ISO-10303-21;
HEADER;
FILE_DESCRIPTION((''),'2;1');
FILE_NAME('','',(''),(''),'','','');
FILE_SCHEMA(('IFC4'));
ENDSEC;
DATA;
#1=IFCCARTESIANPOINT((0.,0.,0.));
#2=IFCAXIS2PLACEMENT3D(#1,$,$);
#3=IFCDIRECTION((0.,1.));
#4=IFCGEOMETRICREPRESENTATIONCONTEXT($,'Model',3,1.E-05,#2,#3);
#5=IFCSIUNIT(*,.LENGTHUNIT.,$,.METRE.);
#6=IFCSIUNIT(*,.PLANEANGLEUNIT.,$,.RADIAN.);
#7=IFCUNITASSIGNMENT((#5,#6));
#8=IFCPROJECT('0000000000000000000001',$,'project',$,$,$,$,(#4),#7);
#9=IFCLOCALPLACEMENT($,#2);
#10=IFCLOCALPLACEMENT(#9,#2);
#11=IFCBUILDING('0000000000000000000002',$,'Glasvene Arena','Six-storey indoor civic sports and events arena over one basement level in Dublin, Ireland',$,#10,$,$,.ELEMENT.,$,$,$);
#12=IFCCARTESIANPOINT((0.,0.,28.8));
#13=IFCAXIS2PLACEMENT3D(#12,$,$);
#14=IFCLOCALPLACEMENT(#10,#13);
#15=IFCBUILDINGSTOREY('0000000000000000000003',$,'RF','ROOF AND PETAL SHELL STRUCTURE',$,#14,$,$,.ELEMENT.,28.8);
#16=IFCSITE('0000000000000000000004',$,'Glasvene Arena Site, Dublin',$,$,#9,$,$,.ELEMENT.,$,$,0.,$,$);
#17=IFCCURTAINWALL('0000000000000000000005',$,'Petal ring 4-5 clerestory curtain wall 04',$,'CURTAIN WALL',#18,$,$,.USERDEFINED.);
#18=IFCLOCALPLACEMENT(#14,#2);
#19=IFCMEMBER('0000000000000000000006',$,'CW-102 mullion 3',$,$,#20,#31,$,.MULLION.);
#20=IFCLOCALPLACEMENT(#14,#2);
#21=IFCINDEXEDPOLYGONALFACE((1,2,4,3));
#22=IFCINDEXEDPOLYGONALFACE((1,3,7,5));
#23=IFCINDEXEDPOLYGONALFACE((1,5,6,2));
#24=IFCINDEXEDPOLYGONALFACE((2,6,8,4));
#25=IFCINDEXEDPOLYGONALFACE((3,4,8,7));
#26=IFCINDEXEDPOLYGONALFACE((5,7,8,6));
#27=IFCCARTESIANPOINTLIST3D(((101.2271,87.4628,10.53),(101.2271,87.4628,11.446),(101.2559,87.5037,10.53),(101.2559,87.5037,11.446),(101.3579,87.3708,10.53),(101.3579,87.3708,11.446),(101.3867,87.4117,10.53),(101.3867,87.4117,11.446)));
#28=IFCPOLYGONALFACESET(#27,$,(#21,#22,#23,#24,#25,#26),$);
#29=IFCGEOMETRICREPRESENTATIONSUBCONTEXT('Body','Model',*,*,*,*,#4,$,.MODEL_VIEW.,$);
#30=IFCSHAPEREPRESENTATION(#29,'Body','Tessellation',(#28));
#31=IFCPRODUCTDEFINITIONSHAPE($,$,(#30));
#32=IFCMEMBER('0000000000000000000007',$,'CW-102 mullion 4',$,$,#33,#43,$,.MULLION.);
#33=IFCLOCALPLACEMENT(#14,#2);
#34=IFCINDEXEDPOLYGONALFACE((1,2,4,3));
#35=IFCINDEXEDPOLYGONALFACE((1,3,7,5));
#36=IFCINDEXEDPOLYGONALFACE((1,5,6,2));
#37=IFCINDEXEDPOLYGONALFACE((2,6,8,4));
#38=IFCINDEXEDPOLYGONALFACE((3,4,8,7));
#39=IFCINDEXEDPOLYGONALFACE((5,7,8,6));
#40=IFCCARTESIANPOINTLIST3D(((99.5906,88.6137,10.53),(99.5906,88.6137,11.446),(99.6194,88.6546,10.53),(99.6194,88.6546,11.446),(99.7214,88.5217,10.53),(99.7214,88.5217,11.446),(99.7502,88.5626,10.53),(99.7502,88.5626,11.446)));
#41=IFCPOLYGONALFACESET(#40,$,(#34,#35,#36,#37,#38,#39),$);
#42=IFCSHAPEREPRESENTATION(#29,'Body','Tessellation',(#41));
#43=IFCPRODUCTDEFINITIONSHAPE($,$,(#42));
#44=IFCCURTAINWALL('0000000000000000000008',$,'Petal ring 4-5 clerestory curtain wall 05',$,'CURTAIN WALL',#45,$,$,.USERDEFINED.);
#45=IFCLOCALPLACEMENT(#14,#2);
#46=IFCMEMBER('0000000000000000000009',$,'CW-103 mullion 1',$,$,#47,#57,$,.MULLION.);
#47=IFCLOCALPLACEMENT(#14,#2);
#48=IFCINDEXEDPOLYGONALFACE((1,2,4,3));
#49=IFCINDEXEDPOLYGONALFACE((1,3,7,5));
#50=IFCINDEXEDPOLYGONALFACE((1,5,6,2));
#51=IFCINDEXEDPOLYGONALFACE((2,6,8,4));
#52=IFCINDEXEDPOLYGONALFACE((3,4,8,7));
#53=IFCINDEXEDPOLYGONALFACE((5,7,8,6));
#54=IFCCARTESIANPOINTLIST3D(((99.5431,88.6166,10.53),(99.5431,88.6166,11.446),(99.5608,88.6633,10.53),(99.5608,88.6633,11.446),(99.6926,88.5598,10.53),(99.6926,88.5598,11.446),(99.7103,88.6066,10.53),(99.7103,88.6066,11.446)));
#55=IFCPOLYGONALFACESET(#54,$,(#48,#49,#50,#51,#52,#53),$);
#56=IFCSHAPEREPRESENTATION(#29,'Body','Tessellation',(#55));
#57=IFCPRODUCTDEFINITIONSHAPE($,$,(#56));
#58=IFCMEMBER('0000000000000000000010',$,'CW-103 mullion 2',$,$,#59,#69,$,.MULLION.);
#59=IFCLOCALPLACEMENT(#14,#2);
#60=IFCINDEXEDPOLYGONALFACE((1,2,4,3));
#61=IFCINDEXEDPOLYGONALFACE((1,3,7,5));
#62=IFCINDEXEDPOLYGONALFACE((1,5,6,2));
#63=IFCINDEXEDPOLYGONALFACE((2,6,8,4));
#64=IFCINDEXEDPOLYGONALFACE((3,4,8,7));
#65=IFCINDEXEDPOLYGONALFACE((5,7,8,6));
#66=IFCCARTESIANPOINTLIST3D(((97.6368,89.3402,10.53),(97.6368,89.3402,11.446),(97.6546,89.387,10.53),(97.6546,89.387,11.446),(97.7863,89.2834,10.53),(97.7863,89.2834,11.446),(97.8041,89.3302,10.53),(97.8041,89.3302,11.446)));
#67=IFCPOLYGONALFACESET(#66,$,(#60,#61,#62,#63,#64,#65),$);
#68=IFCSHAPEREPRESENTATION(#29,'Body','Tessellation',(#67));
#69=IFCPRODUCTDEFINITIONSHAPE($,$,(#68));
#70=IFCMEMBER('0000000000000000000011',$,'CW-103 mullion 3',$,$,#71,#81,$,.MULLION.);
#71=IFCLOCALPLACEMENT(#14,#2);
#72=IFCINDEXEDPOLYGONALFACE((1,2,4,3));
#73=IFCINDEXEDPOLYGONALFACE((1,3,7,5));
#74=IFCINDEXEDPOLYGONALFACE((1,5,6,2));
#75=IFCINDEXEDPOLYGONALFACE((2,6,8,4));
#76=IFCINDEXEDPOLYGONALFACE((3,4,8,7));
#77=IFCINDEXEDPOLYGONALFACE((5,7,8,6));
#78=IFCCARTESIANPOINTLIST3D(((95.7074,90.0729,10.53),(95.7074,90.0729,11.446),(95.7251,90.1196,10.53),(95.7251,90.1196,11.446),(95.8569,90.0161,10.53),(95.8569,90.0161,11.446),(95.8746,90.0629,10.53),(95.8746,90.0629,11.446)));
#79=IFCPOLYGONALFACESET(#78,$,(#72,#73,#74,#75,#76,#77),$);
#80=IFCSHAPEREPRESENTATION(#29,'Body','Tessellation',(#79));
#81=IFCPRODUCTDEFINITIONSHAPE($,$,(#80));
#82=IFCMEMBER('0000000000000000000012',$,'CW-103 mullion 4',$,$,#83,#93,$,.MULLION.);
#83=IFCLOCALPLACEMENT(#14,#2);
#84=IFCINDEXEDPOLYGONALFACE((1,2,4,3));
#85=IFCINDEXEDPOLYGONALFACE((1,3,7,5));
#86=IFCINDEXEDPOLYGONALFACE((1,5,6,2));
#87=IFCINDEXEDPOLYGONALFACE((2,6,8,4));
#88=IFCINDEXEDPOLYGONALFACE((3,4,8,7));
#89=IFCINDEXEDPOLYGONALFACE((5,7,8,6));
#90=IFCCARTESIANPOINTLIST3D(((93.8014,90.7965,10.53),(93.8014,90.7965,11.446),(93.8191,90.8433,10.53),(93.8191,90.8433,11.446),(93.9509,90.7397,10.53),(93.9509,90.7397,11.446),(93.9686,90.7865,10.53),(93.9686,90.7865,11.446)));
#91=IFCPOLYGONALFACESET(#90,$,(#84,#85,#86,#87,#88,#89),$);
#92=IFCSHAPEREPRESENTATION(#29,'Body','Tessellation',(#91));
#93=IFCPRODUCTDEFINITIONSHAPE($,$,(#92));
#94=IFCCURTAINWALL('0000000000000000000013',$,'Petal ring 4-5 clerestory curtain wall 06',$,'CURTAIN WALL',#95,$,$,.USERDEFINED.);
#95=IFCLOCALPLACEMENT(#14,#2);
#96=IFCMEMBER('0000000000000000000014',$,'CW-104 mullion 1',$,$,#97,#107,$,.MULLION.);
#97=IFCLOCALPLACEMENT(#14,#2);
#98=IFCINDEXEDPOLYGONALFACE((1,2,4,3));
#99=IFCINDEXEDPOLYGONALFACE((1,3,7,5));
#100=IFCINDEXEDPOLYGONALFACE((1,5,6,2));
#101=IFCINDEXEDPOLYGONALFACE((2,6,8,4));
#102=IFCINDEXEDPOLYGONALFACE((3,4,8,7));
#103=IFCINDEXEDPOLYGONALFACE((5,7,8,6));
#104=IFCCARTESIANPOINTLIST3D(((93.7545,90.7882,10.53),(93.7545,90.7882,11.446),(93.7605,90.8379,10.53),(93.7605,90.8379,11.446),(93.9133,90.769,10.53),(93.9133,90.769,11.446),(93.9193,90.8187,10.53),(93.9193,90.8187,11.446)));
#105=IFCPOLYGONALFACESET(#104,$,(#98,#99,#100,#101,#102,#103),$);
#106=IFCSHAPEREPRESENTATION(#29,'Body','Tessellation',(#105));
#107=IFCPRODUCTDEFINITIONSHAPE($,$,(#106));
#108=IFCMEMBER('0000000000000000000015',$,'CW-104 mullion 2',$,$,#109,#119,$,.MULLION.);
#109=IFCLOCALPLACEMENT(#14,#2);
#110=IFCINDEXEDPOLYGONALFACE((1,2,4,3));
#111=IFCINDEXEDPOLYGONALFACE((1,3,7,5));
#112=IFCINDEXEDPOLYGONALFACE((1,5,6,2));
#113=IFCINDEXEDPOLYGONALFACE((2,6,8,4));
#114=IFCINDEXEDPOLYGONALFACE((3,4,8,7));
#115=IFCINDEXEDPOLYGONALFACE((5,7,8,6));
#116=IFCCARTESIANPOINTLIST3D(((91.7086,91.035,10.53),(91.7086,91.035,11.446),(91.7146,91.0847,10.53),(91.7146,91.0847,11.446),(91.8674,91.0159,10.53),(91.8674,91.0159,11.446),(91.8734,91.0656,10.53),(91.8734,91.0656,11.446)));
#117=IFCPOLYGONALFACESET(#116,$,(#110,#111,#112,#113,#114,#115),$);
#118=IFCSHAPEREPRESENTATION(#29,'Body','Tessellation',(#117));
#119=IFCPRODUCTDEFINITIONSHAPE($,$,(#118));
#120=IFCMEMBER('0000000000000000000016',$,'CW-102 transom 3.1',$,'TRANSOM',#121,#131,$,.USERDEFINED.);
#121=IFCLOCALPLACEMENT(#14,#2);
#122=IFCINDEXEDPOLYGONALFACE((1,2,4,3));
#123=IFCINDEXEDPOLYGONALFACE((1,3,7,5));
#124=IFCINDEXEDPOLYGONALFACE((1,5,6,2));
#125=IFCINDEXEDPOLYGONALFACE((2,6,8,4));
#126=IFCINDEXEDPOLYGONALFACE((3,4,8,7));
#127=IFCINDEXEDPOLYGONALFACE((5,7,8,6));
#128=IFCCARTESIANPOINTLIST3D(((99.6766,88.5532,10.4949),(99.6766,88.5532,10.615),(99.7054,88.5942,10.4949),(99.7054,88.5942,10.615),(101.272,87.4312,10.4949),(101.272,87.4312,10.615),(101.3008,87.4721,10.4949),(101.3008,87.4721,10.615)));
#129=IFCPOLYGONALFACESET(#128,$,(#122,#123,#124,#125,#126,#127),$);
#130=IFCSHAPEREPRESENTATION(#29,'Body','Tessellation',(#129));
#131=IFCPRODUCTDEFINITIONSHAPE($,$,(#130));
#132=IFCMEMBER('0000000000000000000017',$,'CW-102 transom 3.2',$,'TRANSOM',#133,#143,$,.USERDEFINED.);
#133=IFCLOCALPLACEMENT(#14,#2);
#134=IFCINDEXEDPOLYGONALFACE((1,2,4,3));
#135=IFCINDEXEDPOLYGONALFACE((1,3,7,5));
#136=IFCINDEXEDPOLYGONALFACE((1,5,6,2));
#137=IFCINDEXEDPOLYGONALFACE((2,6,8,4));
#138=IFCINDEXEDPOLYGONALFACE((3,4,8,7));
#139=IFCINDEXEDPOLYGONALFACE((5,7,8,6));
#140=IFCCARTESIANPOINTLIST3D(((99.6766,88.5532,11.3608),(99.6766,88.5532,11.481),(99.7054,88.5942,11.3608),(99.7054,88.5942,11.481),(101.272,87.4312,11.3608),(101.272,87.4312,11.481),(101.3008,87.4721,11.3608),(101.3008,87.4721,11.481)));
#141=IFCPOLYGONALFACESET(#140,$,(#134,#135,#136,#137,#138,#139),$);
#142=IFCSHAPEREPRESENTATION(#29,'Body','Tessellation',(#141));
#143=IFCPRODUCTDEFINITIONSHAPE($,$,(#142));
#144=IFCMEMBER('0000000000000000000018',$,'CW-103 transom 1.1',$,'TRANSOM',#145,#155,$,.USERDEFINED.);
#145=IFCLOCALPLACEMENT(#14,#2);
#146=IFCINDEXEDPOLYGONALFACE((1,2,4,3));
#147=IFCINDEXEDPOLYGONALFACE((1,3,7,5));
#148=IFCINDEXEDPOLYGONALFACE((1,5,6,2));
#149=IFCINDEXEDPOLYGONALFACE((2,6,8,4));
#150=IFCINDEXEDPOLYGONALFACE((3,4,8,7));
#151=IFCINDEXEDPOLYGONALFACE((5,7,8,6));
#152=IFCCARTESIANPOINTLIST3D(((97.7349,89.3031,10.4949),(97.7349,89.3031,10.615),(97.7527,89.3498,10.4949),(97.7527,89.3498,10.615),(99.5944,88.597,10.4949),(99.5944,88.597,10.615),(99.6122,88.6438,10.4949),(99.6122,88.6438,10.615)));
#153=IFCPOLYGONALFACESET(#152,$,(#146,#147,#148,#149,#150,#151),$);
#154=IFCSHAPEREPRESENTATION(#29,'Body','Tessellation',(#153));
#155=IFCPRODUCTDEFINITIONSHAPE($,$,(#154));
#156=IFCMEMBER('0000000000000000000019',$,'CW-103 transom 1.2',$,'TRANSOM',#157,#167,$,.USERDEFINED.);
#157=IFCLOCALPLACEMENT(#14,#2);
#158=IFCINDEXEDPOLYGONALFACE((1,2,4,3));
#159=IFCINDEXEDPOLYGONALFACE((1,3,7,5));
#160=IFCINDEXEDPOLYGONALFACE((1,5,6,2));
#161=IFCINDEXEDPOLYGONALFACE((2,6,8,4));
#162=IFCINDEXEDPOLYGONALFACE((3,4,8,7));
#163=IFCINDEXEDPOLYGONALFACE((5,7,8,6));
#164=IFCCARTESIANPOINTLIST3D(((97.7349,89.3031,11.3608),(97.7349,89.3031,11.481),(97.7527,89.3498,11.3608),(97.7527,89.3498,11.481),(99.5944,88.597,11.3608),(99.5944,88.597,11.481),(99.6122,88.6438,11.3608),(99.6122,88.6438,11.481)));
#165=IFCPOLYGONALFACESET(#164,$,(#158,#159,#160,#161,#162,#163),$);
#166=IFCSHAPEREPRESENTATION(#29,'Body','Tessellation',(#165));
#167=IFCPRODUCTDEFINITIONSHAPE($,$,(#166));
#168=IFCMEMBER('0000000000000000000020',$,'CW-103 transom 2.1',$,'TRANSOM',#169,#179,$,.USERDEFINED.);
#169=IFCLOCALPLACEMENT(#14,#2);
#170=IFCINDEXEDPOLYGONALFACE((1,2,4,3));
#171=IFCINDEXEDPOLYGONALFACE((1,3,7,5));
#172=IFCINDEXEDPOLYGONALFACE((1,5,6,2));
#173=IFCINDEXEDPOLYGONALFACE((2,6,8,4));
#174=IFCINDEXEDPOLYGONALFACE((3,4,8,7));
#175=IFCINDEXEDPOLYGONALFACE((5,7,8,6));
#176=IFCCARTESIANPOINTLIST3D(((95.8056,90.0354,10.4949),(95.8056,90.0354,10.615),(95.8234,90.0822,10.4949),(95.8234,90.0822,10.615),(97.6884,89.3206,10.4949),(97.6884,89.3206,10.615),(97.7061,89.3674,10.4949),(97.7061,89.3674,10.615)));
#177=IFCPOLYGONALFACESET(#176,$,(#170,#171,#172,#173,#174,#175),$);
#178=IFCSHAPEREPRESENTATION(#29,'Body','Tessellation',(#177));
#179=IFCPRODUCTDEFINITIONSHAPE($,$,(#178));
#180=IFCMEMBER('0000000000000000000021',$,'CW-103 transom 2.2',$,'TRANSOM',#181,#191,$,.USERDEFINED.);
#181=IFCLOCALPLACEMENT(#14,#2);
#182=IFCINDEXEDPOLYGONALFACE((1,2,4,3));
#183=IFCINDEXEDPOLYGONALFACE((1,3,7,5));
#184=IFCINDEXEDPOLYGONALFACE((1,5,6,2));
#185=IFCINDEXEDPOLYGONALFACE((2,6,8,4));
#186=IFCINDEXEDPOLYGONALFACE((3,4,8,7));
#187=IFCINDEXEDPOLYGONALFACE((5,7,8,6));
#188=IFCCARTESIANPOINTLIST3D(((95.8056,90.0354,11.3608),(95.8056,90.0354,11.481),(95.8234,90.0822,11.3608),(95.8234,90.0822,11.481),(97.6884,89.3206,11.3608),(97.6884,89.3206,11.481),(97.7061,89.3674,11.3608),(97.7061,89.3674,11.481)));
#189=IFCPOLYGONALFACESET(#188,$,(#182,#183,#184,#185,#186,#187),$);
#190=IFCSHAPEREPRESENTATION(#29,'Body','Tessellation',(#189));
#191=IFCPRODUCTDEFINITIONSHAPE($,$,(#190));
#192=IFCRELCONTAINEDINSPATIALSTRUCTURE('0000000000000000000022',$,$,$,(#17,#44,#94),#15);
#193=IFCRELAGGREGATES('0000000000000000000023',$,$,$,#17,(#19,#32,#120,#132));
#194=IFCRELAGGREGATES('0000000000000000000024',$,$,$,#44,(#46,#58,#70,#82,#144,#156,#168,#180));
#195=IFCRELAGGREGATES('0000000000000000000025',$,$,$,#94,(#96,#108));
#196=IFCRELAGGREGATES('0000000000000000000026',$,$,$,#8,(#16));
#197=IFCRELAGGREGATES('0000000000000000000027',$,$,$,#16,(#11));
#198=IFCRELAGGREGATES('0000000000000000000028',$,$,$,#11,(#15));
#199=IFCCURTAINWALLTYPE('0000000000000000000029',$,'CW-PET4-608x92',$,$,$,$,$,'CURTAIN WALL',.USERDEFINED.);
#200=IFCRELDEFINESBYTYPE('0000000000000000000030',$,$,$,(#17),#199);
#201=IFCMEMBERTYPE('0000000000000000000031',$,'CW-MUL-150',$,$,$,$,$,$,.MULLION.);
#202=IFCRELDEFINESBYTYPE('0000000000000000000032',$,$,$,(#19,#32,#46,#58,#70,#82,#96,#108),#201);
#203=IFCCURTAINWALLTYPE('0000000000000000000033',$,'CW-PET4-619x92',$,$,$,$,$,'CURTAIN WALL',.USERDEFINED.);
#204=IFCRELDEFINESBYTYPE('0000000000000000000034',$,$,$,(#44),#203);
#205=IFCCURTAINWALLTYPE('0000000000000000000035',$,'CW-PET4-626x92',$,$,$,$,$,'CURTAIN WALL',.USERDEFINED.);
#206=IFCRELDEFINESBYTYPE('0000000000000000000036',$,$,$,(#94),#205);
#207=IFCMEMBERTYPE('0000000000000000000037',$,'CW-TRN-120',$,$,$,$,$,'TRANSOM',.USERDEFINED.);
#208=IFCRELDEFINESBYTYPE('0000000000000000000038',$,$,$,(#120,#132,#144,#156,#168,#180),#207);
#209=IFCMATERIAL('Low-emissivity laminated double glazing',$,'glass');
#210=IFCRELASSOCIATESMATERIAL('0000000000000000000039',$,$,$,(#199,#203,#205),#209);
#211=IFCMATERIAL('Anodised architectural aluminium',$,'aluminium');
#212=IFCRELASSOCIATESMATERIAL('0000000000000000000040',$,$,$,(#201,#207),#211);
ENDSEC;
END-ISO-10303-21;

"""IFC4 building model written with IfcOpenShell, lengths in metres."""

from ifc_helpers import new_model, si_unit, direction, frame, origin, origin_2d, place, context, subcontext, project, spatial, rectangle, extrude, material, material_profile, profile_set, type_object, element, aggregate, save


model = new_model("IFC4")

# Units and contexts
model_context = context("Model", 3, precision=1e-05, world=origin(), true_north=direction((0.0, 1.0)))
body_context = subcontext(model_context, "Body", "Model", "MODEL_VIEW")
ifc_project = project(units=[si_unit("LENGTHUNIT", "METRE"), si_unit("PLANEANGLEUNIT", "RADIAN")], contexts=[model_context])

# Site, building, storey
site_placement = place(None, origin())
site = spatial("IfcSite", under=ifc_project, at=site_placement, Name="Glasvene Arena Site, Dublin", CompositionType="ELEMENT", RefElevation=0.0)
building_placement = place(site_placement, origin())
building = spatial("IfcBuilding", under=site, at=building_placement, Name="Glasvene Arena", Description="Six-storey indoor civic sports and events arena over one basement level in Dublin, Ireland", CompositionType="ELEMENT")
storey_placement = place(building_placement, frame((0.0, 0.0, 28.8)))
storey = spatial("IfcBuildingStorey", under=building, at=storey_placement, Name="RF", Description="ROOF AND PETAL SHELL STRUCTURE", CompositionType="ELEMENT", Elevation=28.8)

# Curtain walls, members
ifc_material_1 = material(Name="Low-emissivity laminated double glazing", Category="glass")
curtain_wall_type_1 = type_object("IfcCurtainWallType", Name="CW-PET4-608x92", ElementType="CURTAIN WALL", PredefinedType="USERDEFINED", material=ifc_material_1)
curtain_wall_1_placement = place(storey_placement, frame((104.6206, 85.1062, 0.0)))
curtain_wall_1 = element("IfcCurtainWall", 1, at=curtain_wall_1_placement, inside=storey, type_object=curtain_wall_type_1, Name="Petal ring 4-5 clerestory curtain wall 04", ObjectType="CURTAIN WALL", PredefinedType="USERDEFINED")
ifc_material_2 = material(Name="Anodised architectural aluminium", Category="aluminium")
ifc_material_profile_1 = material_profile(ifc_material_2, rectangle(XDim=0.05, YDim=0.1599, at=origin_2d()), Name="ALU MULLION 50x160")
ifc_profile_set_1 = profile_set([ifc_material_profile_1], Name="Anodised architectural aluminium")
member_type_1 = type_object("IfcMemberType", Name="CW-MUL-150", PredefinedType="MULLION", material=ifc_profile_set_1)
member_1_placement = place(storey_placement, frame((101.3069, 87.4373, 10.53), z_axis=(0.0, 0.0, 1.0), x_axis=(-0.575325, -0.817925, 0.0)))
member_1 = element("IfcMember", 2, at=member_1_placement, type_object=member_type_1, Name="CW-102 mullion 3", PredefinedType="MULLION", context=body_context, shape_type="SweptSolid", body=[
    extrude(rectangle(XDim=0.05, YDim=0.1599, at=origin_2d()), origin(), (0.0, 0.0, 1.0), 0.916),
])
member_2_placement = place(storey_placement, frame((99.6704, 88.5881, 10.53), z_axis=(0.0, 0.0, 1.0), x_axis=(-0.575325, -0.817925, 0.0)))
member_2 = element("IfcMember", 3, at=member_2_placement, type_object=member_type_1, Name="CW-102 mullion 4", PredefinedType="MULLION", context=body_context, shape_type="SweptSolid", body=[
    extrude(rectangle(XDim=0.05, YDim=0.1599, at=origin_2d()), origin(), (0.0, 0.0, 1.0), 0.916),
])
curtain_wall_type_2 = type_object("IfcCurtainWallType", Name="CW-PET4-619x92", ElementType="CURTAIN WALL", PredefinedType="USERDEFINED", material=ifc_material_1)
curtain_wall_2_placement = place(storey_placement, frame((99.6499, 88.6025, 0.0)))
curtain_wall_2 = element("IfcCurtainWall", 4, at=curtain_wall_2_placement, inside=storey, type_object=curtain_wall_type_2, Name="Petal ring 4-5 clerestory curtain wall 05", ObjectType="CURTAIN WALL", PredefinedType="USERDEFINED")
member_3_placement = place(storey_placement, frame((99.6267, 88.6116, 10.53), z_axis=(0.0, 0.0, 1.0), x_axis=(-0.35497, -0.934878, 0.0)))
member_3 = element("IfcMember", 5, at=member_3_placement, type_object=member_type_1, Name="CW-103 mullion 1", PredefinedType="MULLION", context=body_context, shape_type="SweptSolid", body=[
    extrude(rectangle(XDim=0.05, YDim=0.1599, at=origin_2d()), origin(), (0.0, 0.0, 1.0), 0.916),
])
member_4_placement = place(storey_placement, frame((97.7205, 89.3352, 10.53), z_axis=(0.0, 0.0, 1.0), x_axis=(-0.35497, -0.934878, 0.0)))
member_4 = element("IfcMember", 6, at=member_4_placement, type_object=member_type_1, Name="CW-103 mullion 2", PredefinedType="MULLION", context=body_context, shape_type="SweptSolid", body=[
    extrude(rectangle(XDim=0.05, YDim=0.1599, at=origin_2d()), origin(), (0.0, 0.0, 1.0), 0.916),
])
member_5_placement = place(storey_placement, frame((95.791, 90.0679, 10.53), z_axis=(0.0, 0.0, 1.0), x_axis=(-0.35497, -0.934878, 0.0)))
member_5 = element("IfcMember", 7, at=member_5_placement, type_object=member_type_1, Name="CW-103 mullion 3", PredefinedType="MULLION", context=body_context, shape_type="SweptSolid", body=[
    extrude(rectangle(XDim=0.05, YDim=0.1599, at=origin_2d()), origin(), (0.0, 0.0, 1.0), 0.916),
])
member_6_placement = place(storey_placement, frame((93.885, 90.7915, 10.53), z_axis=(0.0, 0.0, 1.0), x_axis=(-0.35497, -0.934878, 0.0)))
member_6 = element("IfcMember", 8, at=member_6_placement, type_object=member_type_1, Name="CW-103 mullion 4", PredefinedType="MULLION", context=body_context, shape_type="SweptSolid", body=[
    extrude(rectangle(XDim=0.05, YDim=0.1599, at=origin_2d()), origin(), (0.0, 0.0, 1.0), 0.916),
])
curtain_wall_type_3 = type_object("IfcCurtainWallType", Name="CW-PET4-626x92", ElementType="CURTAIN WALL", PredefinedType="USERDEFINED", material=ifc_material_1)
curtain_wall_3_placement = place(storey_placement, frame((93.8618, 90.8003, 0.0)))
curtain_wall_3 = element("IfcCurtainWall", 9, at=curtain_wall_3_placement, inside=storey, type_object=curtain_wall_type_3, Name="Petal ring 4-5 clerestory curtain wall 06", ObjectType="CURTAIN WALL", PredefinedType="USERDEFINED")
member_7_placement = place(storey_placement, frame((93.8369, 90.8035, 10.53), z_axis=(0.0, 0.0, 1.0), x_axis=(-0.119806, -0.992797, 0.0)))
member_7 = element("IfcMember", 10, at=member_7_placement, type_object=member_type_1, Name="CW-104 mullion 1", PredefinedType="MULLION", context=body_context, shape_type="SweptSolid", body=[
    extrude(rectangle(XDim=0.05, YDim=0.1599, at=origin_2d()), origin(), (0.0, 0.0, 1.0), 0.916),
])
member_8_placement = place(storey_placement, frame((91.791, 91.0503, 10.53), z_axis=(0.0, 0.0, 1.0), x_axis=(-0.119806, -0.992797, 0.0)))
member_8 = element("IfcMember", 11, at=member_8_placement, type_object=member_type_1, Name="CW-104 mullion 2", PredefinedType="MULLION", context=body_context, shape_type="SweptSolid", body=[
    extrude(rectangle(XDim=0.05, YDim=0.1599, at=origin_2d()), origin(), (0.0, 0.0, 1.0), 0.916),
])

# Members
ifc_material_profile_2 = material_profile(ifc_material_2, rectangle(XDim=0.05, YDim=0.1201, at=origin_2d()), Name="ALU TRANSOM 50x120")
ifc_profile_set_2 = profile_set([ifc_material_profile_2], Name="Anodised architectural aluminium")
member_type_2 = type_object("IfcMemberType", Name="CW-TRN-120", ElementType="TRANSOM", PredefinedType="USERDEFINED", material=ifc_profile_set_2)
member_9_placement = place(storey_placement, frame((101.2864, 87.4517, 10.5549), z_axis=(-0.817966, 0.575267, 0.0), x_axis=(-0.575267, -0.817966, 0.0)))
member_9 = element("IfcMember", 12, at=member_9_placement, type_object=member_type_2, Name="CW-102 transom 3.1", ObjectType="TRANSOM", PredefinedType="USERDEFINED", context=body_context, shape_type="SweptSolid", body=[
    extrude(rectangle(XDim=0.05, YDim=0.1201, at=origin_2d()), origin(), (0.0, 0.0, 1.0), 1.9504),
])
member_10_placement = place(storey_placement, frame((101.2864, 87.4517, 11.4209), z_axis=(-0.817966, 0.575267, 0.0), x_axis=(-0.575267, -0.817966, 0.0)))
member_10 = element("IfcMember", 13, at=member_10_placement, type_object=member_type_2, Name="CW-102 transom 3.2", ObjectType="TRANSOM", PredefinedType="USERDEFINED", context=body_context, shape_type="SweptSolid", body=[
    extrude(rectangle(XDim=0.05, YDim=0.1201, at=origin_2d()), origin(), (0.0, 0.0, 1.0), 1.9504),
])
member_11_placement = place(storey_placement, frame((99.6033, 88.6204, 10.5549), z_axis=(-0.934868, 0.354995, 0.0), x_axis=(-0.354995, -0.934868, 0.0)))
member_11 = element("IfcMember", 14, at=member_11_placement, type_object=member_type_2, Name="CW-103 transom 1.1", ObjectType="TRANSOM", PredefinedType="USERDEFINED", context=body_context, shape_type="SweptSolid", body=[
    extrude(rectangle(XDim=0.05, YDim=0.1201, at=origin_2d()), origin(), (0.0, 0.0, 1.0), 1.989),
])
member_12_placement = place(storey_placement, frame((99.6033, 88.6204, 11.4209), z_axis=(-0.934868, 0.354995, 0.0), x_axis=(-0.354995, -0.934868, 0.0)))
member_12 = element("IfcMember", 15, at=member_12_placement, type_object=member_type_2, Name="CW-103 transom 1.2", ObjectType="TRANSOM", PredefinedType="USERDEFINED", context=body_context, shape_type="SweptSolid", body=[
    extrude(rectangle(XDim=0.05, YDim=0.1201, at=origin_2d()), origin(), (0.0, 0.0, 1.0), 1.989),
])
member_13_placement = place(storey_placement, frame((97.6973, 89.344, 10.5549), z_axis=(-0.934887, 0.354947, 0.0), x_axis=(-0.354947, -0.934887, 0.0)))
member_13 = element("IfcMember", 16, at=member_13_placement, type_object=member_type_2, Name="CW-103 transom 2.1", ObjectType="TRANSOM", PredefinedType="USERDEFINED", context=body_context, shape_type="SweptSolid", body=[
    extrude(rectangle(XDim=0.05, YDim=0.1201, at=origin_2d()), origin(), (0.0, 0.0, 1.0), 2.0139),
])
member_14_placement = place(storey_placement, frame((97.6973, 89.344, 11.4209), z_axis=(-0.934887, 0.354947, 0.0), x_axis=(-0.354947, -0.934887, 0.0)))
member_14 = element("IfcMember", 17, at=member_14_placement, type_object=member_type_2, Name="CW-103 transom 2.2", ObjectType="TRANSOM", PredefinedType="USERDEFINED", context=body_context, shape_type="SweptSolid", body=[
    extrude(rectangle(XDim=0.05, YDim=0.1201, at=origin_2d()), origin(), (0.0, 0.0, 1.0), 2.0139),
])

aggregate(curtain_wall_1, [member_1, member_2, member_9, member_10])
aggregate(curtain_wall_2, [member_3, member_4, member_5, member_6, member_11, member_12, member_13, member_14])
aggregate(curtain_wall_3, [member_7, member_8])

save(model, "model.ifc")
